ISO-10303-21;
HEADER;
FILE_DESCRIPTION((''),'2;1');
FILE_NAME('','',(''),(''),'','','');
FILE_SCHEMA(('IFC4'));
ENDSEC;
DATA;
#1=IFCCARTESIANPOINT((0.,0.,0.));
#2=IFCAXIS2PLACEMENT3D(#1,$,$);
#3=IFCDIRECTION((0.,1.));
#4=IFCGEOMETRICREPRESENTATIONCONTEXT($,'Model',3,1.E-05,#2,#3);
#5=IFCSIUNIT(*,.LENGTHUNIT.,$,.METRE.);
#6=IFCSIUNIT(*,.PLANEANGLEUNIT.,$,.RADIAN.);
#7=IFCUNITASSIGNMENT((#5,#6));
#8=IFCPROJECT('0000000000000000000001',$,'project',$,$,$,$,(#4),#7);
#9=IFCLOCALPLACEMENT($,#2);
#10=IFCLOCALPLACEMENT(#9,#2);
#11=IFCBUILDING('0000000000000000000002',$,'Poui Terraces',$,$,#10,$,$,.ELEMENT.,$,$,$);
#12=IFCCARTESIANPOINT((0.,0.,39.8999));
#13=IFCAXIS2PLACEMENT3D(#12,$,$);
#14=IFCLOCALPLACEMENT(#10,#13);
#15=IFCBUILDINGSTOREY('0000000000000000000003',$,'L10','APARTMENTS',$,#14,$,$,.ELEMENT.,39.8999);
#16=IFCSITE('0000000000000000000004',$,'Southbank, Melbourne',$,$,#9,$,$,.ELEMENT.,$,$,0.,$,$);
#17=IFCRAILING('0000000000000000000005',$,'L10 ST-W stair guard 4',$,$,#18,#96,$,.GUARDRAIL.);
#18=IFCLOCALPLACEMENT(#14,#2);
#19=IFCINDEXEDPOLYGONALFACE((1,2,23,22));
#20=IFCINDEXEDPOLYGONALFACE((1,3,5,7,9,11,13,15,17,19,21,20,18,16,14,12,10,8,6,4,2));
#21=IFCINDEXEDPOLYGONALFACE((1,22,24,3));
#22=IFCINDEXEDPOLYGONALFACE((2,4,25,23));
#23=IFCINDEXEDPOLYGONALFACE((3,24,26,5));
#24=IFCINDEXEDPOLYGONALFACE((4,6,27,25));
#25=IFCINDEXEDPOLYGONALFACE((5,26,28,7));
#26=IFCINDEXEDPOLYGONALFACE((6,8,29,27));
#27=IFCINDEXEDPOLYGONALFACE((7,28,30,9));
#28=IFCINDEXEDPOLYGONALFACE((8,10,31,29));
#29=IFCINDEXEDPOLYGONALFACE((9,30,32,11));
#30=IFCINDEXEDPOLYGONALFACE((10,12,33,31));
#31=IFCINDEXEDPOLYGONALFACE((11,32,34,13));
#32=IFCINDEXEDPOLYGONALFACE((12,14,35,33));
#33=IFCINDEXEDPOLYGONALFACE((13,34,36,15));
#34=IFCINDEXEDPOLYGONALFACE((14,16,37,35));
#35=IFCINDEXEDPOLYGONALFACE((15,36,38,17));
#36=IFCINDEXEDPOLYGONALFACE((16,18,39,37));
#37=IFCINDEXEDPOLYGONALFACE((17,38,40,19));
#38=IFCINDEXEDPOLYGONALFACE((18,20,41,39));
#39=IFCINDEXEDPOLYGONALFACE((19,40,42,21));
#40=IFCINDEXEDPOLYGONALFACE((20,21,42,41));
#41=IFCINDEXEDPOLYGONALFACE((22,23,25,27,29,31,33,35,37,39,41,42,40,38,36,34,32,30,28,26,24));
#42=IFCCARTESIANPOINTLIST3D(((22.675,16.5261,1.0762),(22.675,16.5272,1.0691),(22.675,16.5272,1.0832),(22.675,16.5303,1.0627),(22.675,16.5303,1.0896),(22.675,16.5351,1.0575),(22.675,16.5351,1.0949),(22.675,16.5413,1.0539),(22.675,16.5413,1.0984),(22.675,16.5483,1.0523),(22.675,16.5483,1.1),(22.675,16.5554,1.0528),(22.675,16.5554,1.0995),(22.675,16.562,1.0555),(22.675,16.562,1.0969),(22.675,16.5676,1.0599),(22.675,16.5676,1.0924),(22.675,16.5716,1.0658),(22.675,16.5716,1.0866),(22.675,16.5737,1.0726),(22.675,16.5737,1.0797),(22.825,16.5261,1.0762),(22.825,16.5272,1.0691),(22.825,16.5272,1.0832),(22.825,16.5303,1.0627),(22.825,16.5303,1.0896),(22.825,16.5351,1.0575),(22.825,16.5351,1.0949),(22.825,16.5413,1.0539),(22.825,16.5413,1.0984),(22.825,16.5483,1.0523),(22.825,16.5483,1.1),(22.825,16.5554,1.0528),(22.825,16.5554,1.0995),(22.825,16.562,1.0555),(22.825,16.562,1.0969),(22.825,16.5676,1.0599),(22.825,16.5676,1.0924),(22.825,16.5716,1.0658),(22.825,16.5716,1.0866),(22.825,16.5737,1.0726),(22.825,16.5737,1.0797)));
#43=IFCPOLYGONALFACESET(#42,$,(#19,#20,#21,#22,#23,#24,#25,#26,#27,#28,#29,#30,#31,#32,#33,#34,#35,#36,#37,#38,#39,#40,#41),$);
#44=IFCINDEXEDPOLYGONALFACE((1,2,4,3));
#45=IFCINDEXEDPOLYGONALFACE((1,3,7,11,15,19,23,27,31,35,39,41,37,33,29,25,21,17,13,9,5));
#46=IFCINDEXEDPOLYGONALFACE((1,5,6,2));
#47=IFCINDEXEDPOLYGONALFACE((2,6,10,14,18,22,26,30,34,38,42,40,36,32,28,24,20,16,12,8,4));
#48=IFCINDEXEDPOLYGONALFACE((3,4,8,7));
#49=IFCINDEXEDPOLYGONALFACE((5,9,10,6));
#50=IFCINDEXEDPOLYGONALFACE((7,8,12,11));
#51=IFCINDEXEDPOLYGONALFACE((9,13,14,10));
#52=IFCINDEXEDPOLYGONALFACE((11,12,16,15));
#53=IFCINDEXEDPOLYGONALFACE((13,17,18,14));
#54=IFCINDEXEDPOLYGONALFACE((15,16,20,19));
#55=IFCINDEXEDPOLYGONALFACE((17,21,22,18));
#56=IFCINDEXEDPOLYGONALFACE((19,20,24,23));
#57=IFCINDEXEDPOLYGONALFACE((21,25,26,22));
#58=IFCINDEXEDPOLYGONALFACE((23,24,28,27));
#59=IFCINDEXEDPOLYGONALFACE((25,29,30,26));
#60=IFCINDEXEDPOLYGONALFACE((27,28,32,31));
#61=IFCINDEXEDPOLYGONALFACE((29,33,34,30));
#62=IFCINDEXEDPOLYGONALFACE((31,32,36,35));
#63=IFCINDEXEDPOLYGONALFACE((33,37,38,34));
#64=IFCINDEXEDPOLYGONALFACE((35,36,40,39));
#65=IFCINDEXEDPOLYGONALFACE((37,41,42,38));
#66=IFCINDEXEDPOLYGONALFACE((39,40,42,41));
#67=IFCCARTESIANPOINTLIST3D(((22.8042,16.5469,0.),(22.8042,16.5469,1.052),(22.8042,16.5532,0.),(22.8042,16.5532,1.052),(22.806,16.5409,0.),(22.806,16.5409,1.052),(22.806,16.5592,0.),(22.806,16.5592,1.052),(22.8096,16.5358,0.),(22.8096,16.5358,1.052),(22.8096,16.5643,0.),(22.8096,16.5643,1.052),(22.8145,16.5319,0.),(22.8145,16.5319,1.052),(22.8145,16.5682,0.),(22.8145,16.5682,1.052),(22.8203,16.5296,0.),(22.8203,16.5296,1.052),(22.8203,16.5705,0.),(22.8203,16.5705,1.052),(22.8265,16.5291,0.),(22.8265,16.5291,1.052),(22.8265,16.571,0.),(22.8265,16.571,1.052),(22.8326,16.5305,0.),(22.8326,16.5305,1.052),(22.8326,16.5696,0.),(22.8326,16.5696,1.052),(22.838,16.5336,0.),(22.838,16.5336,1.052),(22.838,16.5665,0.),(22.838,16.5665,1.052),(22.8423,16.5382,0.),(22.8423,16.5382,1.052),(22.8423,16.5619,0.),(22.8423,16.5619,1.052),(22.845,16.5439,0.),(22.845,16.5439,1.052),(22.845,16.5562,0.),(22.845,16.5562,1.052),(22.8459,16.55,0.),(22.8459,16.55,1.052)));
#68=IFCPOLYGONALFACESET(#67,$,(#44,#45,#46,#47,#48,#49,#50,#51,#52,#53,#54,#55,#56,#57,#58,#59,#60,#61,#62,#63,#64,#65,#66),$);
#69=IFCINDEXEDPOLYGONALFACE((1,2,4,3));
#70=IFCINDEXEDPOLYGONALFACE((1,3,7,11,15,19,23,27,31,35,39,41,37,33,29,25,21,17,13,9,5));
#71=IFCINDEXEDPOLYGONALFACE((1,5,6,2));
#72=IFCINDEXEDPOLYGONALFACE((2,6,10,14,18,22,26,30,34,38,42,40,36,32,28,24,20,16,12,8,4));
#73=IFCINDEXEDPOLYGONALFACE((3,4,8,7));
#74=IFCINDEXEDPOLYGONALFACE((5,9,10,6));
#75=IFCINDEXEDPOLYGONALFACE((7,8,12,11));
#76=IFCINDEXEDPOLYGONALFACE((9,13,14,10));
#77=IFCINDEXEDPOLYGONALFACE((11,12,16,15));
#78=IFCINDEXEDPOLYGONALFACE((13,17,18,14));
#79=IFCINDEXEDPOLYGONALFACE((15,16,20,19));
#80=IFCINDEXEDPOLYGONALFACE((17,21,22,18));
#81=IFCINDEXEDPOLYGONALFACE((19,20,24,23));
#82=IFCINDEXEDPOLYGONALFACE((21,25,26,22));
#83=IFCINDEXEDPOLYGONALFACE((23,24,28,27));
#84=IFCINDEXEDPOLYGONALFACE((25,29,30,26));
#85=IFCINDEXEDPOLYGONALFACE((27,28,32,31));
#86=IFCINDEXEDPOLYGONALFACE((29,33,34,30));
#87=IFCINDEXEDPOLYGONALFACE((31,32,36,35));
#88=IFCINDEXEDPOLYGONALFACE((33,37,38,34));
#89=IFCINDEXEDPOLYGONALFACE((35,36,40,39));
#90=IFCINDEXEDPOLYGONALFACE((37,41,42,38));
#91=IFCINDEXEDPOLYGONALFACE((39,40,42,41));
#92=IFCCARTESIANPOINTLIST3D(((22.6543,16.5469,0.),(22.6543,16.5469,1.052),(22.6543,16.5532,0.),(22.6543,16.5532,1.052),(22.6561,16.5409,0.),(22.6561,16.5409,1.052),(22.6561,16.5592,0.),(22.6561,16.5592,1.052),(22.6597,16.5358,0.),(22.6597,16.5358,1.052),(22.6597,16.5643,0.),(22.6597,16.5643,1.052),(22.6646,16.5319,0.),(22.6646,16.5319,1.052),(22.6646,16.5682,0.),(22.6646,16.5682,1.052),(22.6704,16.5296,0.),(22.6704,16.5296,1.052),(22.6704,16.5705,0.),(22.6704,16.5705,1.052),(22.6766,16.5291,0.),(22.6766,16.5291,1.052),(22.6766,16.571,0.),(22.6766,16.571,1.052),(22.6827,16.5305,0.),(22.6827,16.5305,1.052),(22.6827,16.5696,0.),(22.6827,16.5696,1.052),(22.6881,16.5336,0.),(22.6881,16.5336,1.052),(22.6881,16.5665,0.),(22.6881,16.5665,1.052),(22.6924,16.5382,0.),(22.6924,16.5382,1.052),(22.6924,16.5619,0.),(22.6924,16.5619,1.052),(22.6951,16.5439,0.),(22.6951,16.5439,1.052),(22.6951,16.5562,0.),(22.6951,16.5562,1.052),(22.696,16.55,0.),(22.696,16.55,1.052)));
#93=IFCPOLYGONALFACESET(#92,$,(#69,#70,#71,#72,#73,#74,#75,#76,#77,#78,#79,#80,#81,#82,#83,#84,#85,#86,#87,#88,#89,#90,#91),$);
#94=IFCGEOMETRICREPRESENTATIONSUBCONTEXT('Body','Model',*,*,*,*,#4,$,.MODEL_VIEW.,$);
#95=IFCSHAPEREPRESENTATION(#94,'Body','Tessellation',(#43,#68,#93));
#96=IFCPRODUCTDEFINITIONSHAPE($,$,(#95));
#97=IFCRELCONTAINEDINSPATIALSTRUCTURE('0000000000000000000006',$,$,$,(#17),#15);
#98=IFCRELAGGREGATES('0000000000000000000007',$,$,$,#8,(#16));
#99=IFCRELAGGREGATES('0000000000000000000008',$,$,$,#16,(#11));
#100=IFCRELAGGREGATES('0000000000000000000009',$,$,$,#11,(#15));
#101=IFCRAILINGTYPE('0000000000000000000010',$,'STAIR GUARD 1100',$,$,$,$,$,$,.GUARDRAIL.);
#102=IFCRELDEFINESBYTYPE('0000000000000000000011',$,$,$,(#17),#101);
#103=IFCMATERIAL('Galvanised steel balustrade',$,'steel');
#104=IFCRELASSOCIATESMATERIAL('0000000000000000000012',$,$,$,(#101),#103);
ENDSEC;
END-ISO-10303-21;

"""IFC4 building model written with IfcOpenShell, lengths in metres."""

from ifc_helpers import new_model, si_unit, direction, frame, origin, origin_2d, place, context, subcontext, project, spatial, circle, extrude, material, type_object, element, save


model = new_model("IFC4")

# Units and contexts
model_context = context("Model", 3, precision=1e-05, world=origin(), true_north=direction((0.0, 1.0)))
body_context = subcontext(model_context, "Body", "Model", "MODEL_VIEW")
ifc_project = project(units=[si_unit("LENGTHUNIT", "METRE"), si_unit("PLANEANGLEUNIT", "RADIAN")], contexts=[model_context])

# Site, building, storey
site_placement = place(None, origin())
site = spatial("IfcSite", under=ifc_project, at=site_placement, Name="Southbank, Melbourne", CompositionType="ELEMENT", RefElevation=0.0)
building_placement = place(site_placement, origin())
building = spatial("IfcBuilding", under=site, at=building_placement, Name="Poui Terraces", CompositionType="ELEMENT")
storey_placement = place(building_placement, frame((0.0, 0.0, 39.8999)))
storey = spatial("IfcBuildingStorey", under=building, at=storey_placement, Name="L10", Description="APARTMENTS", CompositionType="ELEMENT", Elevation=39.8999)

# Railing
ifc_material_1 = material(Name="Galvanised steel balustrade", Category="steel")
railing_type_1 = type_object("IfcRailingType", Name="STAIR GUARD 1100", PredefinedType="GUARDRAIL", material=ifc_material_1)
railing_1_placement = place(storey_placement, frame((22.825, 16.55, 0.0)))
element("IfcRailing", 1, at=railing_1_placement, inside=storey, type_object=railing_type_1, Name="L10 ST-W stair guard 4", PredefinedType="GUARDRAIL", context=body_context, shape_type="SweptSolid", body=[
    extrude(circle(Radius=0.0239, at=origin_2d()), frame((0.0, 0.0, 1.0762), z_axis=(-1.0, 0.0, 0.0), x_axis=(0.0, -1.0, 0.0)), (0.0, 0.0, 1.0), 0.1499),
    extrude(circle(Radius=0.021, at=origin_2d()), origin(), (0.0, 0.0, 1.0), 1.052),
    extrude(circle(Radius=0.021, at=origin_2d()), frame((-0.1499, 0.0, 0.0)), (0.0, 0.0, 1.0), 1.052),
])

save(model, "model.ifc")
